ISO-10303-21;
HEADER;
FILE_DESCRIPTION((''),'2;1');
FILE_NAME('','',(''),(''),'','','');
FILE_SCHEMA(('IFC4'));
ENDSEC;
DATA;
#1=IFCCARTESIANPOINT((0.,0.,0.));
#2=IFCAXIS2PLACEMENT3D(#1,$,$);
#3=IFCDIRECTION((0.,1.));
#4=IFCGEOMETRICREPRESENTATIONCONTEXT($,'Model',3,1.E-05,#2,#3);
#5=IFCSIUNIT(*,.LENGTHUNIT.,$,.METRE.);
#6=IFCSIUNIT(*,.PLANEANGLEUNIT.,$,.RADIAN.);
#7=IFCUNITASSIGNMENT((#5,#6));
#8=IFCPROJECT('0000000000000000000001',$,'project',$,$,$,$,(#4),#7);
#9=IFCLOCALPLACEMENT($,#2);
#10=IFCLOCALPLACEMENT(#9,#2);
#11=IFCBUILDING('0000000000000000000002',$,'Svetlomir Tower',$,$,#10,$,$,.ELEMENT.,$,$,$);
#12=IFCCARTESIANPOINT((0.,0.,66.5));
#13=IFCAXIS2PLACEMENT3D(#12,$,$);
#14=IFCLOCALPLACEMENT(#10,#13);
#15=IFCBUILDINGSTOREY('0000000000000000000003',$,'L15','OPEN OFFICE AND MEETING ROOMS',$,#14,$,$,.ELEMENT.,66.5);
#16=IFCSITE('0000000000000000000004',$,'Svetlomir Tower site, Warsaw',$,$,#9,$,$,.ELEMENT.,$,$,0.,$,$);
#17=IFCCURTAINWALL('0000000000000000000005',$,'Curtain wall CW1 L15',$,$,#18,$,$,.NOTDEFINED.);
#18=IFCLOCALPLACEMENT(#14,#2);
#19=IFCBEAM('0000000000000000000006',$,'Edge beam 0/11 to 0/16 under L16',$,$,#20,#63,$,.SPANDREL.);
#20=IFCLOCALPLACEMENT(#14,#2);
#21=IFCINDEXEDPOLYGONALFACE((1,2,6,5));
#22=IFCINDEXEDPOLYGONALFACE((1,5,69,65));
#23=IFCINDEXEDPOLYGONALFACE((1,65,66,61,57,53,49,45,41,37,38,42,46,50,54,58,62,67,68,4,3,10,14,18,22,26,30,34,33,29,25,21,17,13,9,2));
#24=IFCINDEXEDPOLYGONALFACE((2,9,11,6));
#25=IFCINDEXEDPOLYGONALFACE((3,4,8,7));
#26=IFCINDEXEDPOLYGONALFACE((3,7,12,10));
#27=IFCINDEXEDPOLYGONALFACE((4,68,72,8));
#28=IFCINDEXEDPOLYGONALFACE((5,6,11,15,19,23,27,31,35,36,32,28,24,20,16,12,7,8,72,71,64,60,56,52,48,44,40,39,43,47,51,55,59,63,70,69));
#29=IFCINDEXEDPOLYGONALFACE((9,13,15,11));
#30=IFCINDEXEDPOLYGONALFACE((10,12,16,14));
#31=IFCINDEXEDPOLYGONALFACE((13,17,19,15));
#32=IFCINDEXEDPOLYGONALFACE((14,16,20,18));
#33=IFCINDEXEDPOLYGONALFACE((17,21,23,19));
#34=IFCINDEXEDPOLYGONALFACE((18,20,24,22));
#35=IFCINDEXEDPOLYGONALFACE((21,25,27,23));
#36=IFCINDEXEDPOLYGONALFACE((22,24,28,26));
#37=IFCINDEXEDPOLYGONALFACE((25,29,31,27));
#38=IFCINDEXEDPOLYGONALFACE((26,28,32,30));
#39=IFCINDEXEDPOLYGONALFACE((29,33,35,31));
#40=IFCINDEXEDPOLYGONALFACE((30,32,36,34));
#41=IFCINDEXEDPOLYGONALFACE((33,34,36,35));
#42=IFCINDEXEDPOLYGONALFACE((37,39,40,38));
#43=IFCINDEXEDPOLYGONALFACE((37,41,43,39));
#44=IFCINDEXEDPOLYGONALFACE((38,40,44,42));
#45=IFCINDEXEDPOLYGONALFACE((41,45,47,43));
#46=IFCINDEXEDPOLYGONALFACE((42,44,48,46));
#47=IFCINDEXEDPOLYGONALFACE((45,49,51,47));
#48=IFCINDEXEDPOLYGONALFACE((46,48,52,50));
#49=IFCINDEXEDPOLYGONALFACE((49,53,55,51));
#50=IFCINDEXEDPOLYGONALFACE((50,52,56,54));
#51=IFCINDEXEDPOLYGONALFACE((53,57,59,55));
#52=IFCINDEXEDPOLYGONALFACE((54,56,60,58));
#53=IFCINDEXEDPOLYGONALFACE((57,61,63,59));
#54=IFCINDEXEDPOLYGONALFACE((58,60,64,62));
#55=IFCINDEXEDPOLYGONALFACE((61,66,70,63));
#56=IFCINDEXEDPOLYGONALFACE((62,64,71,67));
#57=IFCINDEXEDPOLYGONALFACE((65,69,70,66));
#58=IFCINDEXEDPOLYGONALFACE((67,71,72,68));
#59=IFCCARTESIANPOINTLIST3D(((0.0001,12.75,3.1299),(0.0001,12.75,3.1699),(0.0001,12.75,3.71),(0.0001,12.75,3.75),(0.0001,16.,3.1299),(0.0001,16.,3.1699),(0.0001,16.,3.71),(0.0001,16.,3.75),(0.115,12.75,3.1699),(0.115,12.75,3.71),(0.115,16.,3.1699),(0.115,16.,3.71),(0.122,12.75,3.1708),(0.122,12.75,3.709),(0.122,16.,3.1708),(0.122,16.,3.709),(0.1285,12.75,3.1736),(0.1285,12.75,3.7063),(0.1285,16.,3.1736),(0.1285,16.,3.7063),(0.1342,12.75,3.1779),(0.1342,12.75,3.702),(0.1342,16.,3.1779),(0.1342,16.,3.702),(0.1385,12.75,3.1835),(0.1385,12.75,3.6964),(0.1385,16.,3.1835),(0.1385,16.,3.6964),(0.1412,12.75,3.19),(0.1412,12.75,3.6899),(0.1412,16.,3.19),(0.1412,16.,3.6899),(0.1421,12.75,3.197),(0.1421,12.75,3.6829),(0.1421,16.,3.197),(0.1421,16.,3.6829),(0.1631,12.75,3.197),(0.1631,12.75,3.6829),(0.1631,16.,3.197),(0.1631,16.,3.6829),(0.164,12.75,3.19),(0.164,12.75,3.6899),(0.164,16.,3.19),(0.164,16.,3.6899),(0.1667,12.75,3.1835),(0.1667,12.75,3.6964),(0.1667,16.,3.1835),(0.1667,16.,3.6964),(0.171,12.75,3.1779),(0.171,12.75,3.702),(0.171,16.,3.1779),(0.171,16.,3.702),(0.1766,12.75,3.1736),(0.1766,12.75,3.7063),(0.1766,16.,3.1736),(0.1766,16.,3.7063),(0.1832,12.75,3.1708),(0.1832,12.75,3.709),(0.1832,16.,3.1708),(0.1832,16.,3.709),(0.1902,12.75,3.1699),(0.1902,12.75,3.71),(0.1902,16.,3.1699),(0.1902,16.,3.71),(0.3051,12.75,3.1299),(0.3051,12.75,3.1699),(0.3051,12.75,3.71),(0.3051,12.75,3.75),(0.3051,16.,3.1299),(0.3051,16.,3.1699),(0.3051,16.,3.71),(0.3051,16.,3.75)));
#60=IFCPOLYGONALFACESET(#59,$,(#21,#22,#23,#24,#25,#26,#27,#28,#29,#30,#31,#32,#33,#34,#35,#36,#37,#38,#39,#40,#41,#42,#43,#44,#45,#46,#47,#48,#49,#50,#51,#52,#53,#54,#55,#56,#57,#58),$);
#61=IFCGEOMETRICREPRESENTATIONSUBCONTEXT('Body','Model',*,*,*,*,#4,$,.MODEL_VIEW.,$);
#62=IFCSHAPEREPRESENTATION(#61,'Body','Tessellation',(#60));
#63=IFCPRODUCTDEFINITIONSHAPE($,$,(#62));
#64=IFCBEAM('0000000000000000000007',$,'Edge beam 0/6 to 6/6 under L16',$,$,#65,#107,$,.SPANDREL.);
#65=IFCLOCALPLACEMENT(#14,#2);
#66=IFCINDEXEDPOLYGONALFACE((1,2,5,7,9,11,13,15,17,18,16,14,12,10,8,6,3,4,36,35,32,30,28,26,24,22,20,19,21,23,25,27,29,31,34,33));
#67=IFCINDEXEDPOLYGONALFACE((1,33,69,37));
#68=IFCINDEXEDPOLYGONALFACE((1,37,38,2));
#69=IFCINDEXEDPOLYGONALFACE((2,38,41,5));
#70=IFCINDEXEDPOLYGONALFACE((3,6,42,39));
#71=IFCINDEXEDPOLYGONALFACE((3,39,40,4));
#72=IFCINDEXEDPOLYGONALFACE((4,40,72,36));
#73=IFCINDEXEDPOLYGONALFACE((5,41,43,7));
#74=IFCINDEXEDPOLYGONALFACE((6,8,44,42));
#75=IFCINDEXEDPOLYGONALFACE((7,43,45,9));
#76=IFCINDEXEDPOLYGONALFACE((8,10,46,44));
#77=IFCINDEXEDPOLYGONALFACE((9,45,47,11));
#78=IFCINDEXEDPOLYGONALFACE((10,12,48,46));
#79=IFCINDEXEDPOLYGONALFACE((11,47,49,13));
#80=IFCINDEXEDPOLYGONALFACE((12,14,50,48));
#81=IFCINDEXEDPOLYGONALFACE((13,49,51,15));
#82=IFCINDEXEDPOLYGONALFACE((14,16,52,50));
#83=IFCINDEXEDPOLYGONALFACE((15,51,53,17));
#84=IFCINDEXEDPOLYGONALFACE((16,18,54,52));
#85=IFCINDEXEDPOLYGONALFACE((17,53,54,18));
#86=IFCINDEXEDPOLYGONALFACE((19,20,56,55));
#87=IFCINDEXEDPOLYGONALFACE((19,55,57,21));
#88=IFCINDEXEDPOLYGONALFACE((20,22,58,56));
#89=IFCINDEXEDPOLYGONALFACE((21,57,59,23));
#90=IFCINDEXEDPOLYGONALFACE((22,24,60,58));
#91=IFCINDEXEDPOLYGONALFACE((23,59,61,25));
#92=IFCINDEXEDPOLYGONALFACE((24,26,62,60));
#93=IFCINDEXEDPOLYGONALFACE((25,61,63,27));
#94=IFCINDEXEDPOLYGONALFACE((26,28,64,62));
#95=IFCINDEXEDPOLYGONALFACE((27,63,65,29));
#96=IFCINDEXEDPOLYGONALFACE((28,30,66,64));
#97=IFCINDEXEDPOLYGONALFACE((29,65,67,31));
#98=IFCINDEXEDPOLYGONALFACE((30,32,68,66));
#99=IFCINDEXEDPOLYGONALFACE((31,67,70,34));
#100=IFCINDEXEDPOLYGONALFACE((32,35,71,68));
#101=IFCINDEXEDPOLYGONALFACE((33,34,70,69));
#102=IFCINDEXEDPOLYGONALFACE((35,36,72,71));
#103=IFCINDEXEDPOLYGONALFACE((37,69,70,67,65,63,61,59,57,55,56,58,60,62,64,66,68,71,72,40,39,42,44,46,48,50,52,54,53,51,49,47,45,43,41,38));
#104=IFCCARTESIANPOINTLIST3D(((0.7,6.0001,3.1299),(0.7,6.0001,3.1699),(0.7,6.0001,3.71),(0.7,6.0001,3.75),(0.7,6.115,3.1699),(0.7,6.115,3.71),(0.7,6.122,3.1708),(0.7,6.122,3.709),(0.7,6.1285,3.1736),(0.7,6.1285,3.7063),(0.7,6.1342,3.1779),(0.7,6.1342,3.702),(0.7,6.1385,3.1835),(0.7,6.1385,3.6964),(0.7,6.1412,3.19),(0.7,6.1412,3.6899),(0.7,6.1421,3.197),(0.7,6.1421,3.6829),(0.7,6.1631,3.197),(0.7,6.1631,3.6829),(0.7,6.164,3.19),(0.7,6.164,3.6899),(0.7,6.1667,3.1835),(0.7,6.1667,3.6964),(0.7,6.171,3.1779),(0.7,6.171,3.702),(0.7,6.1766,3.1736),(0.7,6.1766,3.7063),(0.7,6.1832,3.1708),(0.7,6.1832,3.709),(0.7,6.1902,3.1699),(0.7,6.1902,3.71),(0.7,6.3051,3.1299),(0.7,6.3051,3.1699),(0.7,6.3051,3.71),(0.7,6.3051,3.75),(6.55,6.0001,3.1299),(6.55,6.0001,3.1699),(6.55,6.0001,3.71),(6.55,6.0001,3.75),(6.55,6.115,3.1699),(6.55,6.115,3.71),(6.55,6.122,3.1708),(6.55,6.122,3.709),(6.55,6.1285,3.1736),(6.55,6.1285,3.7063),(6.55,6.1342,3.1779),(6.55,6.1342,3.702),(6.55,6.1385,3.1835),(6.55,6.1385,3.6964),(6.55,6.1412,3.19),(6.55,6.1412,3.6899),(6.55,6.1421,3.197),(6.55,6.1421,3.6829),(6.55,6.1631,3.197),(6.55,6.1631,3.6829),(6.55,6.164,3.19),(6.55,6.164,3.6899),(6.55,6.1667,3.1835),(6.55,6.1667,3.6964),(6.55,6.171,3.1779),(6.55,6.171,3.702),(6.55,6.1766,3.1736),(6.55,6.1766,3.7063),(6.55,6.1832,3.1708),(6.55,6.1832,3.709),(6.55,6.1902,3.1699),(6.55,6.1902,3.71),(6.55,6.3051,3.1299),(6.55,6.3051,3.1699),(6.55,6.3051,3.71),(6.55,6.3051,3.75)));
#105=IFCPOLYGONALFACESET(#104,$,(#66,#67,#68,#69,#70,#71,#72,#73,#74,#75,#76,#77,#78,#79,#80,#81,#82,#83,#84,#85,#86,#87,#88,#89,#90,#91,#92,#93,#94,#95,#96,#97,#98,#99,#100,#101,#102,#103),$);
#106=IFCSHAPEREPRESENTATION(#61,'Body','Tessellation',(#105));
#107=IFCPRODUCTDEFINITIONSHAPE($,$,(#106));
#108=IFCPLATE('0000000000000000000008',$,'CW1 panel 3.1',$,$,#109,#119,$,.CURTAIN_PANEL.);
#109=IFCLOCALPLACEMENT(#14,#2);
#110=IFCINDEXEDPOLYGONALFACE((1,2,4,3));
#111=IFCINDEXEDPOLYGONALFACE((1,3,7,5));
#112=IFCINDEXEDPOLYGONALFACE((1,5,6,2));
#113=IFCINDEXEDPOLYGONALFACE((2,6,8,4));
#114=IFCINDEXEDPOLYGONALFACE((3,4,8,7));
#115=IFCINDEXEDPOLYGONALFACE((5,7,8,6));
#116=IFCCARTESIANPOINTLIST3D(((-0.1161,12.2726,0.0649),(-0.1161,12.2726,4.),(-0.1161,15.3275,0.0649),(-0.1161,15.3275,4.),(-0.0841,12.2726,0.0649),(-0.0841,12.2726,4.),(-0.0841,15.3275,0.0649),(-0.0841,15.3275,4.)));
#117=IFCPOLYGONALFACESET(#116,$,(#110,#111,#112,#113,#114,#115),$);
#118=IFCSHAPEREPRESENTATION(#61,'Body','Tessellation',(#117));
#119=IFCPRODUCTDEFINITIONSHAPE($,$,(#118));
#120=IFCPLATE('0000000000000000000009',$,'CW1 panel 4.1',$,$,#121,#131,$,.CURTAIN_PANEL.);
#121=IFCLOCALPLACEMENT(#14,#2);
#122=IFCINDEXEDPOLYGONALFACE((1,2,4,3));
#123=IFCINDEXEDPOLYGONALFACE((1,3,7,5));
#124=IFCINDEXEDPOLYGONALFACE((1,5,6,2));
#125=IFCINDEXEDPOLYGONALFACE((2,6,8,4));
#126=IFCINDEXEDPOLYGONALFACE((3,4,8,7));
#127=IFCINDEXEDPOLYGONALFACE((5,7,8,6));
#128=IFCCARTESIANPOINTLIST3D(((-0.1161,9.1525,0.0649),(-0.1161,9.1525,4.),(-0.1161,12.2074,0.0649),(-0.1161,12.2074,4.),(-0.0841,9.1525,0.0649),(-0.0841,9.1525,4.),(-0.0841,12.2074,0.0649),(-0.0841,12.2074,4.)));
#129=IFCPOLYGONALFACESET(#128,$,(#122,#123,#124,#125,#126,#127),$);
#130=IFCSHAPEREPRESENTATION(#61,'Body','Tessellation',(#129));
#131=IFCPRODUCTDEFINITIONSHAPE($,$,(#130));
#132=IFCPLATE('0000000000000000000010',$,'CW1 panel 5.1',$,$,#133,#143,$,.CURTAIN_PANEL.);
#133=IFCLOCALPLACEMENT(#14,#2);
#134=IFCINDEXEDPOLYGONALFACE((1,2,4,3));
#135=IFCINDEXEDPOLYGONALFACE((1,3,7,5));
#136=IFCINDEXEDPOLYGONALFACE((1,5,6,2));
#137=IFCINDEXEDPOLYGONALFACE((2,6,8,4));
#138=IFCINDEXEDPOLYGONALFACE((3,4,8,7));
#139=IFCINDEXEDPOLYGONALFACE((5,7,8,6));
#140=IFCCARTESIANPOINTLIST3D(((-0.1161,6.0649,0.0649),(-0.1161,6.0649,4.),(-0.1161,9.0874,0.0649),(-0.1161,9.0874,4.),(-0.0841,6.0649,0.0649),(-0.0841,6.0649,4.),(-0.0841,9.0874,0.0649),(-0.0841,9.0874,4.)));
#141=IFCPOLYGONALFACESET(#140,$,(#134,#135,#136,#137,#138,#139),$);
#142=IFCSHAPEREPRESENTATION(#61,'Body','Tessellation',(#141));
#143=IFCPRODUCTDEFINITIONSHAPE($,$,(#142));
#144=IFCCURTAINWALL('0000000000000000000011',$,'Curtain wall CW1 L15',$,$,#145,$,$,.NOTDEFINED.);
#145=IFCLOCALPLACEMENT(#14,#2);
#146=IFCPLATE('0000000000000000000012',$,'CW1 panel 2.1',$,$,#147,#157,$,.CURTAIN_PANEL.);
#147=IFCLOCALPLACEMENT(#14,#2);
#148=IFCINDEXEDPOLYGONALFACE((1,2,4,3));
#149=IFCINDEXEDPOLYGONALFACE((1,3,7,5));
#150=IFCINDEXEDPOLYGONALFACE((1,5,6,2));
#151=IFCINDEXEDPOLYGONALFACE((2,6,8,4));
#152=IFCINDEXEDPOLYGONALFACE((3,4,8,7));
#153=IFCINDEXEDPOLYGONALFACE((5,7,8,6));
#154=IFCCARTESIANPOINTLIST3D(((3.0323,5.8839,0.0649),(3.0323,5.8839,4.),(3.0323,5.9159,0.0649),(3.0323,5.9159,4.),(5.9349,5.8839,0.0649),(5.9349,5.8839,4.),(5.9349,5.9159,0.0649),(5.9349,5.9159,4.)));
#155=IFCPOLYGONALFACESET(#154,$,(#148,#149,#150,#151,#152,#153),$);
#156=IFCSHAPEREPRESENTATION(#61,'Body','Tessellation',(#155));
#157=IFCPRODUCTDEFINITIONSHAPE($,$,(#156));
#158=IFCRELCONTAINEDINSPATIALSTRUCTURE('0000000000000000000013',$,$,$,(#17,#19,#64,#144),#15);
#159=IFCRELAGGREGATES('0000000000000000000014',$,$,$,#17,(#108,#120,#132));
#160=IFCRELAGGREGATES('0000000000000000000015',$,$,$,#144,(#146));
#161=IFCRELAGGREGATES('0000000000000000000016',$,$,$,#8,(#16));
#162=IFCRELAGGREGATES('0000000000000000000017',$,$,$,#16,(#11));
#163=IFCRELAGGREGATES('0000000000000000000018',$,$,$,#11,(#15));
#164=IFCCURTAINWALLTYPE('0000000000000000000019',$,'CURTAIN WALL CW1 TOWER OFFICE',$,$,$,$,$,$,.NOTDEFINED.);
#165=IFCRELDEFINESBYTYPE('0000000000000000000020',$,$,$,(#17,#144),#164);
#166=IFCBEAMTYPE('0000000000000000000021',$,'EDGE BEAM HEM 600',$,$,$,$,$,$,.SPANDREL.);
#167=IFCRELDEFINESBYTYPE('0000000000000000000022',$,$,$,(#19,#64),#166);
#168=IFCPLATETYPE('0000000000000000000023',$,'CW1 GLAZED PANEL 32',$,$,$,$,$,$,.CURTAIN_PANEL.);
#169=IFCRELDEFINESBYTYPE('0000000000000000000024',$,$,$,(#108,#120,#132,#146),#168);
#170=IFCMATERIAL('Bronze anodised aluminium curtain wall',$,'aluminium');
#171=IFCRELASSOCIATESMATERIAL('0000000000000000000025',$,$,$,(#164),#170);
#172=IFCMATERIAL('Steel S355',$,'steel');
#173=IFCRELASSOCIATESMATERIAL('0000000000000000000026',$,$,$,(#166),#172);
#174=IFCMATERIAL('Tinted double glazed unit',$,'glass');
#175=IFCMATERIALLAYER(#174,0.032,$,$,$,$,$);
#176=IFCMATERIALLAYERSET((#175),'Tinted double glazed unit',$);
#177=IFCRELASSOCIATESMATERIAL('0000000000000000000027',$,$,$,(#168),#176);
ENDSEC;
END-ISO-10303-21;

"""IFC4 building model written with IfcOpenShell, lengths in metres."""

from ifc_helpers import new_model, si_unit, direction, frame, origin, origin_2d, place, context, subcontext, project, spatial, rectangle, i_section, extrude, material, layer, layer_set, material_profile, profile_set, type_object, element, aggregate, save


model = new_model("IFC4")

# Units and contexts
model_context = context("Model", 3, precision=1e-05, world=origin(), true_north=direction((0.0, 1.0)))
body_context = subcontext(model_context, "Body", "Model", "MODEL_VIEW")
ifc_project = project(units=[si_unit("LENGTHUNIT", "METRE"), si_unit("PLANEANGLEUNIT", "RADIAN")], contexts=[model_context])

# Site, building, storey
site_placement = place(None, origin())
site = spatial("IfcSite", under=ifc_project, at=site_placement, Name="Svetlomir Tower site, Warsaw", CompositionType="ELEMENT", RefElevation=0.0)
building_placement = place(site_placement, origin())
building = spatial("IfcBuilding", under=site, at=building_placement, Name="Svetlomir Tower", CompositionType="ELEMENT")
storey_placement = place(building_placement, frame((0.0, 0.0, 66.5)))
storey = spatial("IfcBuildingStorey", under=building, at=storey_placement, Name="L15", Description="OPEN OFFICE AND MEETING ROOMS", CompositionType="ELEMENT", Elevation=66.5)

# Curtain wall
ifc_material_1 = material(Name="Bronze anodised aluminium curtain wall", Category="aluminium")
curtain_wall_type = type_object("IfcCurtainWallType", Name="CURTAIN WALL CW1 TOWER OFFICE", PredefinedType="NOTDEFINED", material=ifc_material_1)
curtain_wall_1_placement = place(storey_placement, origin())
curtain_wall_1 = element("IfcCurtainWall", 1, at=curtain_wall_1_placement, inside=storey, type_object=curtain_wall_type, Name="Curtain wall CW1 L15", PredefinedType="NOTDEFINED")

# Beams
ifc_material_2 = material(Name="Steel S355", Category="steel")
ifc_material_profile_1 = material_profile(ifc_material_2, i_section(OverallWidth=0.3049, OverallDepth=0.6201, WebThickness=0.021, FlangeThickness=0.04, FilletRadius=0.0271, at=origin_2d()), Name="HEM 600")
ifc_profile_set_1 = profile_set([ifc_material_profile_1], Name="Steel S355")
beam_type = type_object("IfcBeamType", Name="EDGE BEAM HEM 600", PredefinedType="SPANDREL", material=ifc_profile_set_1)
beam_1_placement = place(storey_placement, frame((0.1526, 12.75, 3.4399), z_axis=(0.0, 1.0, 0.0), x_axis=(-1.0, 0.0, 0.0)))
element("IfcBeam", 2, at=beam_1_placement, inside=storey, type_object=beam_type, Name="Edge beam 0/11 to 0/16 under L16", PredefinedType="SPANDREL", context=body_context, shape_type="SweptSolid", body=[
    extrude(i_section(OverallWidth=0.3049, OverallDepth=0.6201, WebThickness=0.021, FlangeThickness=0.04, FilletRadius=0.0271, at=origin_2d()), origin(), (0.0, 0.0, 1.0), 3.25),
])
beam_2_placement = place(storey_placement, frame((0.7, 6.1526, 3.4399), z_axis=(1.0, 0.0, 0.0), x_axis=(0.0, 1.0, 0.0)))
element("IfcBeam", 3, at=beam_2_placement, inside=storey, type_object=beam_type, Name="Edge beam 0/6 to 6/6 under L16", PredefinedType="SPANDREL", context=body_context, shape_type="SweptSolid", body=[
    extrude(i_section(OverallWidth=0.3049, OverallDepth=0.6201, WebThickness=0.021, FlangeThickness=0.04, FilletRadius=0.0271, at=origin_2d()), origin(), (0.0, 0.0, 1.0), 5.8501),
])

# Plates
ifc_material_3 = material(Name="Tinted double glazed unit", Category="glass")
ifc_layer = layer(ifc_material_3, 0.032)
ifc_layer_set = layer_set([ifc_layer], Name="Tinted double glazed unit")
plate_type = type_object("IfcPlateType", Name="CW1 GLAZED PANEL 32", PredefinedType="CURTAIN_PANEL", material=ifc_layer_set)
plate_1_placement = place(storey_placement, frame((-0.1001, 13.8, 0.0649), z_axis=(0.0, 0.0, 1.0), x_axis=(0.0, -1.0, 0.0)))
plate_1 = element("IfcPlate", 4, at=plate_1_placement, type_object=plate_type, Name="CW1 panel 3.1", PredefinedType="CURTAIN_PANEL", context=body_context, shape_type="SweptSolid", body=[
    extrude(rectangle(XDim=3.0549, YDim=0.032, at=origin_2d()), origin(), (0.0, 0.0, 1.0), 3.9351),
])
plate_2_placement = place(storey_placement, frame((-0.1001, 10.6799, 0.0649), z_axis=(0.0, 0.0, 1.0), x_axis=(0.0, -1.0, 0.0)))
plate_2 = element("IfcPlate", 5, at=plate_2_placement, type_object=plate_type, Name="CW1 panel 4.1", PredefinedType="CURTAIN_PANEL", context=body_context, shape_type="SweptSolid", body=[
    extrude(rectangle(XDim=3.0549, YDim=0.032, at=origin_2d()), origin(), (0.0, 0.0, 1.0), 3.9351),
])
plate_3_placement = place(storey_placement, frame((-0.1001, 7.5762, 0.0649), z_axis=(0.0, 0.0, 1.0), x_axis=(0.0, -1.0, 0.0)))
plate_3 = element("IfcPlate", 6, at=plate_3_placement, type_object=plate_type, Name="CW1 panel 5.1", PredefinedType="CURTAIN_PANEL", context=body_context, shape_type="SweptSolid", body=[
    extrude(rectangle(XDim=3.0225, YDim=0.032, at=origin_2d()), origin(), (0.0, 0.0, 1.0), 3.9351),
])
aggregate(curtain_wall_1, [plate_1, plate_2, plate_3])

# Curtain wall, plate
curtain_wall_2_placement = place(storey_placement, origin())
curtain_wall_2 = element("IfcCurtainWall", 7, at=curtain_wall_2_placement, inside=storey, type_object=curtain_wall_type, Name="Curtain wall CW1 L15", PredefinedType="NOTDEFINED")
plate_4_placement = place(storey_placement, frame((4.4836, 5.8999, 0.0649), z_axis=(0.0, 0.0, 1.0), x_axis=(1.0, 0.0, 0.0)))
plate_4 = element("IfcPlate", 8, at=plate_4_placement, type_object=plate_type, Name="CW1 panel 2.1", PredefinedType="CURTAIN_PANEL", context=body_context, shape_type="SweptSolid", body=[
    extrude(rectangle(XDim=2.9026, YDim=0.032, at=origin_2d()), origin(), (0.0, 0.0, 1.0), 3.9351),
])
aggregate(curtain_wall_2, [plate_4])

save(model, "model.ifc")
